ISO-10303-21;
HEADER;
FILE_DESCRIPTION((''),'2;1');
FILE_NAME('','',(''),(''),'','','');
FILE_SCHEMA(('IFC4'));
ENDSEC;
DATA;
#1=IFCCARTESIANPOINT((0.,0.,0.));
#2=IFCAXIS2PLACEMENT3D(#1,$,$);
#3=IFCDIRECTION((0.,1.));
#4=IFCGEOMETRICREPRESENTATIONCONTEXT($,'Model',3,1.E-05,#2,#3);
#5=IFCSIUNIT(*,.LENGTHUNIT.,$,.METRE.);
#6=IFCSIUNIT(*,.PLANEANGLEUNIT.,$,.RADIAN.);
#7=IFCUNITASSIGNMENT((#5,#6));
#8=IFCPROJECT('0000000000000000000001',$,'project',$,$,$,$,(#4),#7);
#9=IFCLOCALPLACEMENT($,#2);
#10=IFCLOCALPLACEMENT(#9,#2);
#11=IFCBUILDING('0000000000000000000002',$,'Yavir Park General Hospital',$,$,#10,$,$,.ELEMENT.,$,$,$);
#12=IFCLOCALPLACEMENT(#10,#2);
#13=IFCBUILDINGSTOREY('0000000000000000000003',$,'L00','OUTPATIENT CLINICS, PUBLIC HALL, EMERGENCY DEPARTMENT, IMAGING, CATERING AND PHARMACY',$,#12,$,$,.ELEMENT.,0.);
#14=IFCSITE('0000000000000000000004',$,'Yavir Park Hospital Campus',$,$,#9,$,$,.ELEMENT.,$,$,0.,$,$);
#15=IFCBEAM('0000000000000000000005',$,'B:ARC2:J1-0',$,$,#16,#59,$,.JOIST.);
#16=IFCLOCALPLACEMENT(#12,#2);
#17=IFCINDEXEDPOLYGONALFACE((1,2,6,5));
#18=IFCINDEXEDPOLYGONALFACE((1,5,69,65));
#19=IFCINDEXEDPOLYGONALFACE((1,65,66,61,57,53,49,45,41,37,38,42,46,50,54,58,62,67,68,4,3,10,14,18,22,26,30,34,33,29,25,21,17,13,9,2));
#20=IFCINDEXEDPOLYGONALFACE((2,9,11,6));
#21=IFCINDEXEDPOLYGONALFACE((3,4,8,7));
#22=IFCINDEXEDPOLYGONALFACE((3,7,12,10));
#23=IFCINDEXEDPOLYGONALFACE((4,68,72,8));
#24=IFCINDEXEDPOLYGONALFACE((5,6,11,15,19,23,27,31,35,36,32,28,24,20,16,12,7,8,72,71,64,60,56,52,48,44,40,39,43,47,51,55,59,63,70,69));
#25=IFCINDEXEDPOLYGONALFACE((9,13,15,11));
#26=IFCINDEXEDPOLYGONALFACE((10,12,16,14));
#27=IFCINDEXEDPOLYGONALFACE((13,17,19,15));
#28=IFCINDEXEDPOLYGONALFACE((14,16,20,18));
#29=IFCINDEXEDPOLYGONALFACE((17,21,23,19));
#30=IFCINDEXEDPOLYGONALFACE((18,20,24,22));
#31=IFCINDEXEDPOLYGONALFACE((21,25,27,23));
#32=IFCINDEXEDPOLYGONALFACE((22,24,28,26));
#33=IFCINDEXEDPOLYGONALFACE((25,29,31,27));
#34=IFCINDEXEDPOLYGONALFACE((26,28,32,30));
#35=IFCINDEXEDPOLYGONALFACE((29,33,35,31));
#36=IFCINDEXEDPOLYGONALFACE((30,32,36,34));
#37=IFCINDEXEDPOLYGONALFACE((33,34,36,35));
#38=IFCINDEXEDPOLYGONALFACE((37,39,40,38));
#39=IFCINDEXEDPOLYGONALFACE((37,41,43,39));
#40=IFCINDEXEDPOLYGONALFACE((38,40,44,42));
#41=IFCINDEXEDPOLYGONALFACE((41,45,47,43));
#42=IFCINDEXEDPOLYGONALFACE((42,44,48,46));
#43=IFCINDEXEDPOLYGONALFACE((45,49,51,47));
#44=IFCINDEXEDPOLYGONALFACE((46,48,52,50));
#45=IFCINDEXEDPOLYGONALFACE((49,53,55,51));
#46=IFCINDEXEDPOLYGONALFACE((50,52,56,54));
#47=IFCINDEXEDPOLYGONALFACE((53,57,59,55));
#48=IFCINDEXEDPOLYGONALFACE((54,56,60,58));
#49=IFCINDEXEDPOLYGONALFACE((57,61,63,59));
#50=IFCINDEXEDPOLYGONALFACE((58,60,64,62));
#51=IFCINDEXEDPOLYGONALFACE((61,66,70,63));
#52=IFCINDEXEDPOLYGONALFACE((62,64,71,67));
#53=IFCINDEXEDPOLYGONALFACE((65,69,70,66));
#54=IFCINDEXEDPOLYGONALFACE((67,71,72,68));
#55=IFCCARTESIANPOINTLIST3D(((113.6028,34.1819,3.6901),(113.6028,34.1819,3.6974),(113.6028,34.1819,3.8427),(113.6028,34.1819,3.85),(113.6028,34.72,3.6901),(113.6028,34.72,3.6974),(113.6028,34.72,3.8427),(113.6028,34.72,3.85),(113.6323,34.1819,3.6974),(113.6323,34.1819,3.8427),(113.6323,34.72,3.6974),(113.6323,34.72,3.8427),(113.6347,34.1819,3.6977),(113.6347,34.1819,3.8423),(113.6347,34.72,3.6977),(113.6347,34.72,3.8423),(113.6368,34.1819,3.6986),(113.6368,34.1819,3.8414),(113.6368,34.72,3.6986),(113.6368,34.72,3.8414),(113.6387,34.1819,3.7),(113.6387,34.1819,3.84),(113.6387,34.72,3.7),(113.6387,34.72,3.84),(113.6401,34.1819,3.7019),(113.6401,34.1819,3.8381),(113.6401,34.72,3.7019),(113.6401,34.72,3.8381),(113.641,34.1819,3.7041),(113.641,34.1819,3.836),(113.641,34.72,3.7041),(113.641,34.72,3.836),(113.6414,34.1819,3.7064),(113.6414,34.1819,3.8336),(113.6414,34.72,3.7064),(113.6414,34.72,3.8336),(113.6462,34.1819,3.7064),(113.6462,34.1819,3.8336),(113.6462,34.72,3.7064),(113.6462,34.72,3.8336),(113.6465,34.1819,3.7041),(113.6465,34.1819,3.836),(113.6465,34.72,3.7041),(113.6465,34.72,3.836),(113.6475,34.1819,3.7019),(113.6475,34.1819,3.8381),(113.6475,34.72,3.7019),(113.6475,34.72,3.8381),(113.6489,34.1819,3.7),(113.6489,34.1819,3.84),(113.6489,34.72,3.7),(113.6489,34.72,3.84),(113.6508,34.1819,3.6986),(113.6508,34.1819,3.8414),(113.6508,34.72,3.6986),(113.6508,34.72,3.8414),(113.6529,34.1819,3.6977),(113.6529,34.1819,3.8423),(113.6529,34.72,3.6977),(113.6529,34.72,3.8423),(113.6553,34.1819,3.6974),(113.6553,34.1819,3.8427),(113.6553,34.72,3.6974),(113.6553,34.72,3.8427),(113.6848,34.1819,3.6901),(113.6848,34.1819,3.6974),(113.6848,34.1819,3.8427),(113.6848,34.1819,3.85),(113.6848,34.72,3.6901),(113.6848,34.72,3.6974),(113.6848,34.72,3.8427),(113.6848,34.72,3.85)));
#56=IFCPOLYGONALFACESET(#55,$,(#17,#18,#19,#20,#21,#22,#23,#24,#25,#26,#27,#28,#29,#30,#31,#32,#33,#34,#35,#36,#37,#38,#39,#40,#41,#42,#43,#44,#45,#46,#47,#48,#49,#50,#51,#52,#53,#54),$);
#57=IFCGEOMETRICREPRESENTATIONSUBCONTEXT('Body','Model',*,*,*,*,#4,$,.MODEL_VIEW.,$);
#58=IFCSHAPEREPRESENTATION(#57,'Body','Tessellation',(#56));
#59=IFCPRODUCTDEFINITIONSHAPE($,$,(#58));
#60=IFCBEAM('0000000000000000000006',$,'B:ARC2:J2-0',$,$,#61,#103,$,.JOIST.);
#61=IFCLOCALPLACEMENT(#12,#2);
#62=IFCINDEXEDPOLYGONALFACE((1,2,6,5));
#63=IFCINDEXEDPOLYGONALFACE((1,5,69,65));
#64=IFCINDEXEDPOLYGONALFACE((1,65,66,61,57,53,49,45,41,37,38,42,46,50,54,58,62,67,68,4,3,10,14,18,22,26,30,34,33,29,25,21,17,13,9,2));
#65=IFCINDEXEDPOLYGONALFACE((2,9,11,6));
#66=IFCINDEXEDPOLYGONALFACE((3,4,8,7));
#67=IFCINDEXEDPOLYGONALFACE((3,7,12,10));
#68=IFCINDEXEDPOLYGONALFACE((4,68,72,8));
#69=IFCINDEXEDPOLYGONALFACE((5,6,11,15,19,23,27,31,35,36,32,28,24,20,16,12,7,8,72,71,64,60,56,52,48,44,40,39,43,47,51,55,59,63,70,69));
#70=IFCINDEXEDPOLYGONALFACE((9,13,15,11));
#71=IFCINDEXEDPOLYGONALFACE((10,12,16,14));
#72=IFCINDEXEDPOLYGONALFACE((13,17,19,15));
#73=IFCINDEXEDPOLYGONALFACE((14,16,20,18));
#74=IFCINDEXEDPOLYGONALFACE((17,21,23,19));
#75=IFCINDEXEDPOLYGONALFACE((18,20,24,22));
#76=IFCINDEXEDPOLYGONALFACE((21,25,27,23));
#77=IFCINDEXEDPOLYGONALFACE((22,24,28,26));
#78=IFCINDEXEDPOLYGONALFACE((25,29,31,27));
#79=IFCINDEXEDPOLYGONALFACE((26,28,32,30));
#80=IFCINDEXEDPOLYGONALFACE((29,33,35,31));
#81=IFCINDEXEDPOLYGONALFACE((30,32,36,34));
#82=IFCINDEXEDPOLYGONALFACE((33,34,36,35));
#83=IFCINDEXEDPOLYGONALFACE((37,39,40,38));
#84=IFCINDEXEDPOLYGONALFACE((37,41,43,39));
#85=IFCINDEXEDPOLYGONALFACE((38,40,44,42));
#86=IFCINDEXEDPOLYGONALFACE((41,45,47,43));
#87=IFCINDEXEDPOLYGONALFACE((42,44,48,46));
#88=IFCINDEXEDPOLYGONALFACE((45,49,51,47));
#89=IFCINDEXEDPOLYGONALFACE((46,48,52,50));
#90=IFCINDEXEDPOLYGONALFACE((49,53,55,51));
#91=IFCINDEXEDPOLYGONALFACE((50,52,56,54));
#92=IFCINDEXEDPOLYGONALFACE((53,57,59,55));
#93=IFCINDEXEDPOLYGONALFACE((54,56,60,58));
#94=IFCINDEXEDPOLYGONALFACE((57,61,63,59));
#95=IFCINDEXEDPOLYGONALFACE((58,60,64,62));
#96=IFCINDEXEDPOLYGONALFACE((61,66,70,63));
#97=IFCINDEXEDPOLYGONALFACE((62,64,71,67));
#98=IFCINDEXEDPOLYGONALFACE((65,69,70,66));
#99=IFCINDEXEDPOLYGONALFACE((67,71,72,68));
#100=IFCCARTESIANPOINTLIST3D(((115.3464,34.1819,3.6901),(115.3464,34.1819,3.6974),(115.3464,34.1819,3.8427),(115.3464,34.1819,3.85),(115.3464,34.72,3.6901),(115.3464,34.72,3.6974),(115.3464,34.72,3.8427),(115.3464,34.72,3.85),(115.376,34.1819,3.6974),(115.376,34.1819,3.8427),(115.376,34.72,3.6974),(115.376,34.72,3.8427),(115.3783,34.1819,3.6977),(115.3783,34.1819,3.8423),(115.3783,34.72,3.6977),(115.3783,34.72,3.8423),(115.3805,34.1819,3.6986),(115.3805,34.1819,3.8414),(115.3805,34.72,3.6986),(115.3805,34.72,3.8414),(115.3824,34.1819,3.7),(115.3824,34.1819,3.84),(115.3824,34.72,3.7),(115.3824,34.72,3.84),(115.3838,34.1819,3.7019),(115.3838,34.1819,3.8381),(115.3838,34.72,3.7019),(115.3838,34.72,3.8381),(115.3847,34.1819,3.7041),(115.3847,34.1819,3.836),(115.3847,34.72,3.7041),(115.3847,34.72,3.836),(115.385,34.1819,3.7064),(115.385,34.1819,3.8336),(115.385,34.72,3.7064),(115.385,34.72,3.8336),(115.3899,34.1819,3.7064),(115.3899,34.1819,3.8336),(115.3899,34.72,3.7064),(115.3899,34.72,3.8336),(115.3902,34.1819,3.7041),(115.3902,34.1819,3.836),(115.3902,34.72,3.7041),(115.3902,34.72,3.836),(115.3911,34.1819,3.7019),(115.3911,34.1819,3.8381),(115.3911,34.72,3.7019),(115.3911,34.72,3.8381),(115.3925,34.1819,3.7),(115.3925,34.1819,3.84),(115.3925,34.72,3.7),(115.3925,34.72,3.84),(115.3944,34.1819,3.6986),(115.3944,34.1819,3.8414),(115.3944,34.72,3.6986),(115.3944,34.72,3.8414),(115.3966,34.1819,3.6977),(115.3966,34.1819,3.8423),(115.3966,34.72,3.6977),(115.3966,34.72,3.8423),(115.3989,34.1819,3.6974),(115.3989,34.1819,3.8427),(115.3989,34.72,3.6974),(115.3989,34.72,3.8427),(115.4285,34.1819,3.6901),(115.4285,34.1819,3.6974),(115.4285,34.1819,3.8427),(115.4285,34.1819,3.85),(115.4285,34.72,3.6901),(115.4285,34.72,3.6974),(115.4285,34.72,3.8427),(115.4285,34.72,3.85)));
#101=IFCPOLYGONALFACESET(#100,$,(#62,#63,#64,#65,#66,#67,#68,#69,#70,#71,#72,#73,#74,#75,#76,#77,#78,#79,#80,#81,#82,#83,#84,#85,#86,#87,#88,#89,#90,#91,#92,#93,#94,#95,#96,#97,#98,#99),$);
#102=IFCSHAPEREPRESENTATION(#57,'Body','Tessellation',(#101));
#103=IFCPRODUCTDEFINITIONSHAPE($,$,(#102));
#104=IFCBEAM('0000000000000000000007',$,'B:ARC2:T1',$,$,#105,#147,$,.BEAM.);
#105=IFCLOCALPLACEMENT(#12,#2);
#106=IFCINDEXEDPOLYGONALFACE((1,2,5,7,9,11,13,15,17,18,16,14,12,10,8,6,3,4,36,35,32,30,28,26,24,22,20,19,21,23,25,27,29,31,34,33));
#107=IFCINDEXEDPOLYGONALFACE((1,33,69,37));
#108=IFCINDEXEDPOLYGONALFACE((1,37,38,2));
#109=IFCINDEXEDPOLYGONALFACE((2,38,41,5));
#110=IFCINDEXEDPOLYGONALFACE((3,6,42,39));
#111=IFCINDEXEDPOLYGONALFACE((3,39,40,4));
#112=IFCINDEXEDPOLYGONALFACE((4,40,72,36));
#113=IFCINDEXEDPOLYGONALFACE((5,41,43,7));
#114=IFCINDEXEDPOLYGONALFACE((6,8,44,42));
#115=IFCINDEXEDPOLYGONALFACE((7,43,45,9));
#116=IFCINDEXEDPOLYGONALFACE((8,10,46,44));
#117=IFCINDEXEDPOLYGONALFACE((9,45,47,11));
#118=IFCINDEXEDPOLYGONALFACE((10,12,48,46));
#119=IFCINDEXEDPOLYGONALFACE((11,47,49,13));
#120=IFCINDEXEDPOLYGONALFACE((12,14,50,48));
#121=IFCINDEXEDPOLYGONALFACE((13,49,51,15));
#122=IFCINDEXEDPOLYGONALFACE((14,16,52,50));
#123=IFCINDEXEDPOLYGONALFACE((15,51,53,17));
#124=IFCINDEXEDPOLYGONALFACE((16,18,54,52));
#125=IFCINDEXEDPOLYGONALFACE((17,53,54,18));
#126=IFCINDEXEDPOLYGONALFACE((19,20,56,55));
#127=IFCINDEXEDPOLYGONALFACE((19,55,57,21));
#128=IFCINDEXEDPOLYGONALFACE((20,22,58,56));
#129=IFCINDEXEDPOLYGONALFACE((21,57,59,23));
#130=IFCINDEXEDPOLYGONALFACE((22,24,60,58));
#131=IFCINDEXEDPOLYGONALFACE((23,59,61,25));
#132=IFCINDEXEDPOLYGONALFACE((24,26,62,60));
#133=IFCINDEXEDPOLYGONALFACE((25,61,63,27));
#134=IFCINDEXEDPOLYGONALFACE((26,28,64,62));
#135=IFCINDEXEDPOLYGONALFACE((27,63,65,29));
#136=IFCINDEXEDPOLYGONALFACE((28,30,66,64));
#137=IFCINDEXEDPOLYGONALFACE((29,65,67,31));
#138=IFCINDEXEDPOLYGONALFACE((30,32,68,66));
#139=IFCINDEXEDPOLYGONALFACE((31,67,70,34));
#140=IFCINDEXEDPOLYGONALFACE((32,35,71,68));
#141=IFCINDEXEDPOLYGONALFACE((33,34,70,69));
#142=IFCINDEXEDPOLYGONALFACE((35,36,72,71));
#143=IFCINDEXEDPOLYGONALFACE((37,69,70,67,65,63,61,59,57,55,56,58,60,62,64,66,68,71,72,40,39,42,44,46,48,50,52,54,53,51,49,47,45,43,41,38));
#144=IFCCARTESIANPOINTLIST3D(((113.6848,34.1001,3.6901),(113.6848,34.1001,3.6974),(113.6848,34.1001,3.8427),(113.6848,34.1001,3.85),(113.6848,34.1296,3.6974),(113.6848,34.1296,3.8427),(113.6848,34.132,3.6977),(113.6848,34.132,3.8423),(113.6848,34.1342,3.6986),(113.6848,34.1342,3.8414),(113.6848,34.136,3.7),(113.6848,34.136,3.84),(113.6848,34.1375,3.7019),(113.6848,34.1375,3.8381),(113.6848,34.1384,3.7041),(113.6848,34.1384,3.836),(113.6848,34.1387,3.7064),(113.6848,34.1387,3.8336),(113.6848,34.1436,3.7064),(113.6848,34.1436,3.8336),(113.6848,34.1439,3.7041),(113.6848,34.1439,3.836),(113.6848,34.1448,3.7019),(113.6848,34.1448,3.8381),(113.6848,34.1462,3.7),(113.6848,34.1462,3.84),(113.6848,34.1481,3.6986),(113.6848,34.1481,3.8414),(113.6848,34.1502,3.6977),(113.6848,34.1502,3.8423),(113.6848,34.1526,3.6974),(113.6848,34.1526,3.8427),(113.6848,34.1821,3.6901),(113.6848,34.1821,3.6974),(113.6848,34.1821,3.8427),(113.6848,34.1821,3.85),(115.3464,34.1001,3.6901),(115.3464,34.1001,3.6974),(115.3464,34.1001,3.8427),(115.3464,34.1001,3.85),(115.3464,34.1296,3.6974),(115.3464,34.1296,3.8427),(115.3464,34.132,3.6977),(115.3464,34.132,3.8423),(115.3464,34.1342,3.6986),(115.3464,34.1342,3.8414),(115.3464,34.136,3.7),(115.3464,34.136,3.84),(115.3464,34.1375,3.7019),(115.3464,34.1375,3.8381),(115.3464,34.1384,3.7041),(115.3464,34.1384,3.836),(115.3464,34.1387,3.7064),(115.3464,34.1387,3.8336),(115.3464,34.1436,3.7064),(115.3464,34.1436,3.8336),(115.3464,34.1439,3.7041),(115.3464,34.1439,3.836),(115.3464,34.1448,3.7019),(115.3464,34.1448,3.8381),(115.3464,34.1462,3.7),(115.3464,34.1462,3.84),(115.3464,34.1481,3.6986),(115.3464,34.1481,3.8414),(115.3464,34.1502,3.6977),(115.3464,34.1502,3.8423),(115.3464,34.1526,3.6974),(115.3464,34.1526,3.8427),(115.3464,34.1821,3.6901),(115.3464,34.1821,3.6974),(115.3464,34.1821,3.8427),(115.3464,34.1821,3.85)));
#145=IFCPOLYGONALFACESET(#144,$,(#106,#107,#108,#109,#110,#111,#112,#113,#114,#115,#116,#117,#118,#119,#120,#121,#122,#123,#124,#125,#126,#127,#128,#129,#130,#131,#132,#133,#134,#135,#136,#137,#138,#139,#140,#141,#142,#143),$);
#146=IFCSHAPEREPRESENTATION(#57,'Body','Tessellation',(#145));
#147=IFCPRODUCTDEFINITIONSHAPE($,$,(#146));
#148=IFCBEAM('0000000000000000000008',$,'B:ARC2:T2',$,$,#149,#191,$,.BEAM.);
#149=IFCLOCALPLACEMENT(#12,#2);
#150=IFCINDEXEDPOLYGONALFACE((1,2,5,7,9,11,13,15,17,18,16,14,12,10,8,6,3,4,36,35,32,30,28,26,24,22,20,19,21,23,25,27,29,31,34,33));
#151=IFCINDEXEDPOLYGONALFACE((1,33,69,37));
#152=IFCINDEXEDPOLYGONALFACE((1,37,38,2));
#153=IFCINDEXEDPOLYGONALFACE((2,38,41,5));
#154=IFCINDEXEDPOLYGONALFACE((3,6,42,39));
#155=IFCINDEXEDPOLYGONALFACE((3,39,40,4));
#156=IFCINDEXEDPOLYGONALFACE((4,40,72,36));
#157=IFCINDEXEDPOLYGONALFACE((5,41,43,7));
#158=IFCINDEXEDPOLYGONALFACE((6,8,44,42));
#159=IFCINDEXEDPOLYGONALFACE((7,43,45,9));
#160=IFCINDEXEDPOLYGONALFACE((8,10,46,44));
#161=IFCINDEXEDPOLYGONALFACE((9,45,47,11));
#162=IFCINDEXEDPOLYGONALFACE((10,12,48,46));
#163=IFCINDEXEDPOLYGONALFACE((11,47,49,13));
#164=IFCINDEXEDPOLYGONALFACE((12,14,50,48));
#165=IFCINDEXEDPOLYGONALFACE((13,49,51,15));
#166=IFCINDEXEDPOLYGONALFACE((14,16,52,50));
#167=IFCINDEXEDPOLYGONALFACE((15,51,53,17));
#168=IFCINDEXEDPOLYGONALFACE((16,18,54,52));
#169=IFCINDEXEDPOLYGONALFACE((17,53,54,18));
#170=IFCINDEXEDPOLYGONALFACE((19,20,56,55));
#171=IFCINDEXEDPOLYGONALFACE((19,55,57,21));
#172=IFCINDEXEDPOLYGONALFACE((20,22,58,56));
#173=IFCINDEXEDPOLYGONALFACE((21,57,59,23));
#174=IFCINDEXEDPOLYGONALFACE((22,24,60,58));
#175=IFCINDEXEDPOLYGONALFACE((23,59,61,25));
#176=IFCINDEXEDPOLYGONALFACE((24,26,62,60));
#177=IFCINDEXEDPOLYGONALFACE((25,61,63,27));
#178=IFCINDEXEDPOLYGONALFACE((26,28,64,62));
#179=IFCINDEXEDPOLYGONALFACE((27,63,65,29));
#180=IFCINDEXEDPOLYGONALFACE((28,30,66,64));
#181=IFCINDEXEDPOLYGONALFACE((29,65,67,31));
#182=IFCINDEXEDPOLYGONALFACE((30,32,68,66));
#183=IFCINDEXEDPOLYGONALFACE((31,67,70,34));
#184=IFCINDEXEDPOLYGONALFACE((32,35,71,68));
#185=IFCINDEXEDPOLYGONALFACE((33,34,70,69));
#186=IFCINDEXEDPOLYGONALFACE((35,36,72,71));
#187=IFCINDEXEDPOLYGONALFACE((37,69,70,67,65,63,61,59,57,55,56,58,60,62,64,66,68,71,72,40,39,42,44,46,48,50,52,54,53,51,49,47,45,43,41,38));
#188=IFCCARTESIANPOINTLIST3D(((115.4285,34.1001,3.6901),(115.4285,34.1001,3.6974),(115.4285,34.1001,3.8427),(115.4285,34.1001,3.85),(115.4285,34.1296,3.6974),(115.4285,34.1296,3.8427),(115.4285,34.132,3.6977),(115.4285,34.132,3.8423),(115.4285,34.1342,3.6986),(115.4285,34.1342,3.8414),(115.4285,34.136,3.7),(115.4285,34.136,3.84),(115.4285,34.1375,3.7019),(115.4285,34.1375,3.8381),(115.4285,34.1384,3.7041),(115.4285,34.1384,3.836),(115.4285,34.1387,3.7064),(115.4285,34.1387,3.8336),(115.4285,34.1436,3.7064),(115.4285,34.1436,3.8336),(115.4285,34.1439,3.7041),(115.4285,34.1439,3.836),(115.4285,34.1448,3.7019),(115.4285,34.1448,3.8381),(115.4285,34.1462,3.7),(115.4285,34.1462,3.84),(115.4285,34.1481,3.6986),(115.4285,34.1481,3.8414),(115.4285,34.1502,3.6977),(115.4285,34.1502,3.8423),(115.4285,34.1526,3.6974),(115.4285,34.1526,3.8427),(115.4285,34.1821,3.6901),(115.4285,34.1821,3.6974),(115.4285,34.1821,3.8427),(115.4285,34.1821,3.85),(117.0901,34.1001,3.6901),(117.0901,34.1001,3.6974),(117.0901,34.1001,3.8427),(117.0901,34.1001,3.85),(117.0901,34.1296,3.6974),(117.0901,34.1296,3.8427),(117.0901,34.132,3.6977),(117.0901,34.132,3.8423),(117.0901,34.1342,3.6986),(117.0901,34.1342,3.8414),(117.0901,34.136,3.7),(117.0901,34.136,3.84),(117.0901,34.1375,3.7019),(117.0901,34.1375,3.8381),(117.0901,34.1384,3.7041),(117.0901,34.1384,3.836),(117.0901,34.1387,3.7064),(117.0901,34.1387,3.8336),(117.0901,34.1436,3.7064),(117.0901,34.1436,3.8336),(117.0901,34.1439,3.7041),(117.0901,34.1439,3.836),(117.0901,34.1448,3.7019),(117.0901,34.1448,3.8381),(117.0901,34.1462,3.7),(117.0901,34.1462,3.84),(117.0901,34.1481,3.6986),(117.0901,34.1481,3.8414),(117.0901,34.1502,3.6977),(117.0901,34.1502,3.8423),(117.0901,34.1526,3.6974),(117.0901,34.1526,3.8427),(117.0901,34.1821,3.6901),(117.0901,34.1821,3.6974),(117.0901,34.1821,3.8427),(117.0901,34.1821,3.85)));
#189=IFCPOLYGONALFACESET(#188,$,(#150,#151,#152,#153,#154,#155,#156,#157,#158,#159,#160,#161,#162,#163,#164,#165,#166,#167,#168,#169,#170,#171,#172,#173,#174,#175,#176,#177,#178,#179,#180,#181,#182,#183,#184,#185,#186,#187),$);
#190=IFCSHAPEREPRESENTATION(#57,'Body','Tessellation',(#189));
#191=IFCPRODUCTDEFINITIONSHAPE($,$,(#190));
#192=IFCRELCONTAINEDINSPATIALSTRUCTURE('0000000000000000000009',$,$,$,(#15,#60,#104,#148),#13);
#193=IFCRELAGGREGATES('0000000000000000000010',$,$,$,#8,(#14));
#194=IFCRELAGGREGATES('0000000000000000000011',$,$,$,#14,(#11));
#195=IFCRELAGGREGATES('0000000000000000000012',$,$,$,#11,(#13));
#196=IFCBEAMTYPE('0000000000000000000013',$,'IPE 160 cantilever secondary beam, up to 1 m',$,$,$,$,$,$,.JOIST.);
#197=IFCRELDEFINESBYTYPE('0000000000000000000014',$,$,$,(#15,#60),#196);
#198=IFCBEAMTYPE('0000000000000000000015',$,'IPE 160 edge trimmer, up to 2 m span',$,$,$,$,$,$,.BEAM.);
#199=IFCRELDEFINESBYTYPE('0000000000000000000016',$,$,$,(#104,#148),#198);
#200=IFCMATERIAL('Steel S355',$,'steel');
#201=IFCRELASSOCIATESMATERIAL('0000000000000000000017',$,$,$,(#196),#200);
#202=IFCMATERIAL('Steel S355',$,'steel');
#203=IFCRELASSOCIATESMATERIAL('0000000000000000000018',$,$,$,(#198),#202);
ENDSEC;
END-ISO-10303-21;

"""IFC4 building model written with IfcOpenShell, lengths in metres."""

from ifc_helpers import new_model, si_unit, direction, frame, origin, origin_2d, place, context, subcontext, project, spatial, i_section, extrude, material, material_profile, profile_set, type_object, element, save


model = new_model("IFC4")

# Units and contexts
model_context = context("Model", 3, precision=1e-05, world=origin(), true_north=direction((0.0, 1.0)))
body_context = subcontext(model_context, "Body", "Model", "MODEL_VIEW")
ifc_project = project(units=[si_unit("LENGTHUNIT", "METRE"), si_unit("PLANEANGLEUNIT", "RADIAN")], contexts=[model_context])

# Site, building, storey
site_placement = place(None, origin())
site = spatial("IfcSite", under=ifc_project, at=site_placement, Name="Yavir Park Hospital Campus", CompositionType="ELEMENT", RefElevation=0.0)
building_placement = place(site_placement, origin())
building = spatial("IfcBuilding", under=site, at=building_placement, Name="Yavir Park General Hospital", CompositionType="ELEMENT")
storey_placement = place(building_placement, origin())
storey = spatial("IfcBuildingStorey", under=building, at=storey_placement, Name="L00", Description="OUTPATIENT CLINICS, PUBLIC HALL, EMERGENCY DEPARTMENT, IMAGING, CATERING AND PHARMACY", CompositionType="ELEMENT", Elevation=0.0)

# Beams
ifc_material_1 = material(Name="Steel S355", Category="steel")
ifc_material_profile_1 = material_profile(ifc_material_1, i_section(OverallWidth=0.082, OverallDepth=0.1599, WebThickness=0.0049, FlangeThickness=0.0073, FilletRadius=0.009, at=origin_2d()), Name="IPE160")
ifc_profile_set_1 = profile_set([ifc_material_profile_1], Name="Steel S355")
beam_type_1 = type_object("IfcBeamType", Name="IPE 160 cantilever secondary beam, up to 1 m", PredefinedType="JOIST", material=ifc_profile_set_1)
for number, where, z_axis, x_axis, name in (
    (1, (113.6438, 34.1819, 3.77), (0.0, 1.0, 0.0), (-1.0, 0.0, 0.0), "B:ARC2:J1-0"),
    (2, (115.3875, 34.1819, 3.77), (0.0, 1.0, 0.0), (-1.0, 0.0, 0.0), "B:ARC2:J2-0"),
):
    element("IfcBeam", number, at=place(storey_placement, frame(where, z_axis=z_axis, x_axis=x_axis)), inside=storey, type_object=beam_type_1, Name=name, PredefinedType="JOIST", context=body_context, shape_type="SweptSolid", body=[
        extrude(i_section(OverallWidth=0.082, OverallDepth=0.1599, WebThickness=0.0049, FlangeThickness=0.0073, FilletRadius=0.009, at=origin_2d()), origin(), (0.0, 0.0, 1.0), 0.5381),
    ])
ifc_material_2 = material(Name="Steel S355", Category="steel")
ifc_material_profile_2 = material_profile(ifc_material_2, i_section(OverallWidth=0.082, OverallDepth=0.1599, WebThickness=0.0049, FlangeThickness=0.0073, FilletRadius=0.009, at=origin_2d()), Name="IPE160")
ifc_profile_set_2 = profile_set([ifc_material_profile_2], Name="Steel S355")
beam_type_2 = type_object("IfcBeamType", Name="IPE 160 edge trimmer, up to 2 m span", PredefinedType="BEAM", material=ifc_profile_set_2)
for number, where, z_axis, x_axis, name in (
    (3, (113.6848, 34.1411, 3.77), (1.0, 0.0, 0.0), (0.0, 1.0, 0.0), "B:ARC2:T1"),
    (4, (115.4285, 34.1411, 3.77), (1.0, 0.0, 0.0), (0.0, 1.0, 0.0), "B:ARC2:T2"),
):
    element("IfcBeam", number, at=place(storey_placement, frame(where, z_axis=z_axis, x_axis=x_axis)), inside=storey, type_object=beam_type_2, Name=name, PredefinedType="BEAM", context=body_context, shape_type="SweptSolid", body=[
        extrude(i_section(OverallWidth=0.082, OverallDepth=0.1599, WebThickness=0.0049, FlangeThickness=0.0073, FilletRadius=0.009, at=origin_2d()), origin(), (0.0, 0.0, 1.0), 1.6616),
    ])

save(model, "model.ifc")
